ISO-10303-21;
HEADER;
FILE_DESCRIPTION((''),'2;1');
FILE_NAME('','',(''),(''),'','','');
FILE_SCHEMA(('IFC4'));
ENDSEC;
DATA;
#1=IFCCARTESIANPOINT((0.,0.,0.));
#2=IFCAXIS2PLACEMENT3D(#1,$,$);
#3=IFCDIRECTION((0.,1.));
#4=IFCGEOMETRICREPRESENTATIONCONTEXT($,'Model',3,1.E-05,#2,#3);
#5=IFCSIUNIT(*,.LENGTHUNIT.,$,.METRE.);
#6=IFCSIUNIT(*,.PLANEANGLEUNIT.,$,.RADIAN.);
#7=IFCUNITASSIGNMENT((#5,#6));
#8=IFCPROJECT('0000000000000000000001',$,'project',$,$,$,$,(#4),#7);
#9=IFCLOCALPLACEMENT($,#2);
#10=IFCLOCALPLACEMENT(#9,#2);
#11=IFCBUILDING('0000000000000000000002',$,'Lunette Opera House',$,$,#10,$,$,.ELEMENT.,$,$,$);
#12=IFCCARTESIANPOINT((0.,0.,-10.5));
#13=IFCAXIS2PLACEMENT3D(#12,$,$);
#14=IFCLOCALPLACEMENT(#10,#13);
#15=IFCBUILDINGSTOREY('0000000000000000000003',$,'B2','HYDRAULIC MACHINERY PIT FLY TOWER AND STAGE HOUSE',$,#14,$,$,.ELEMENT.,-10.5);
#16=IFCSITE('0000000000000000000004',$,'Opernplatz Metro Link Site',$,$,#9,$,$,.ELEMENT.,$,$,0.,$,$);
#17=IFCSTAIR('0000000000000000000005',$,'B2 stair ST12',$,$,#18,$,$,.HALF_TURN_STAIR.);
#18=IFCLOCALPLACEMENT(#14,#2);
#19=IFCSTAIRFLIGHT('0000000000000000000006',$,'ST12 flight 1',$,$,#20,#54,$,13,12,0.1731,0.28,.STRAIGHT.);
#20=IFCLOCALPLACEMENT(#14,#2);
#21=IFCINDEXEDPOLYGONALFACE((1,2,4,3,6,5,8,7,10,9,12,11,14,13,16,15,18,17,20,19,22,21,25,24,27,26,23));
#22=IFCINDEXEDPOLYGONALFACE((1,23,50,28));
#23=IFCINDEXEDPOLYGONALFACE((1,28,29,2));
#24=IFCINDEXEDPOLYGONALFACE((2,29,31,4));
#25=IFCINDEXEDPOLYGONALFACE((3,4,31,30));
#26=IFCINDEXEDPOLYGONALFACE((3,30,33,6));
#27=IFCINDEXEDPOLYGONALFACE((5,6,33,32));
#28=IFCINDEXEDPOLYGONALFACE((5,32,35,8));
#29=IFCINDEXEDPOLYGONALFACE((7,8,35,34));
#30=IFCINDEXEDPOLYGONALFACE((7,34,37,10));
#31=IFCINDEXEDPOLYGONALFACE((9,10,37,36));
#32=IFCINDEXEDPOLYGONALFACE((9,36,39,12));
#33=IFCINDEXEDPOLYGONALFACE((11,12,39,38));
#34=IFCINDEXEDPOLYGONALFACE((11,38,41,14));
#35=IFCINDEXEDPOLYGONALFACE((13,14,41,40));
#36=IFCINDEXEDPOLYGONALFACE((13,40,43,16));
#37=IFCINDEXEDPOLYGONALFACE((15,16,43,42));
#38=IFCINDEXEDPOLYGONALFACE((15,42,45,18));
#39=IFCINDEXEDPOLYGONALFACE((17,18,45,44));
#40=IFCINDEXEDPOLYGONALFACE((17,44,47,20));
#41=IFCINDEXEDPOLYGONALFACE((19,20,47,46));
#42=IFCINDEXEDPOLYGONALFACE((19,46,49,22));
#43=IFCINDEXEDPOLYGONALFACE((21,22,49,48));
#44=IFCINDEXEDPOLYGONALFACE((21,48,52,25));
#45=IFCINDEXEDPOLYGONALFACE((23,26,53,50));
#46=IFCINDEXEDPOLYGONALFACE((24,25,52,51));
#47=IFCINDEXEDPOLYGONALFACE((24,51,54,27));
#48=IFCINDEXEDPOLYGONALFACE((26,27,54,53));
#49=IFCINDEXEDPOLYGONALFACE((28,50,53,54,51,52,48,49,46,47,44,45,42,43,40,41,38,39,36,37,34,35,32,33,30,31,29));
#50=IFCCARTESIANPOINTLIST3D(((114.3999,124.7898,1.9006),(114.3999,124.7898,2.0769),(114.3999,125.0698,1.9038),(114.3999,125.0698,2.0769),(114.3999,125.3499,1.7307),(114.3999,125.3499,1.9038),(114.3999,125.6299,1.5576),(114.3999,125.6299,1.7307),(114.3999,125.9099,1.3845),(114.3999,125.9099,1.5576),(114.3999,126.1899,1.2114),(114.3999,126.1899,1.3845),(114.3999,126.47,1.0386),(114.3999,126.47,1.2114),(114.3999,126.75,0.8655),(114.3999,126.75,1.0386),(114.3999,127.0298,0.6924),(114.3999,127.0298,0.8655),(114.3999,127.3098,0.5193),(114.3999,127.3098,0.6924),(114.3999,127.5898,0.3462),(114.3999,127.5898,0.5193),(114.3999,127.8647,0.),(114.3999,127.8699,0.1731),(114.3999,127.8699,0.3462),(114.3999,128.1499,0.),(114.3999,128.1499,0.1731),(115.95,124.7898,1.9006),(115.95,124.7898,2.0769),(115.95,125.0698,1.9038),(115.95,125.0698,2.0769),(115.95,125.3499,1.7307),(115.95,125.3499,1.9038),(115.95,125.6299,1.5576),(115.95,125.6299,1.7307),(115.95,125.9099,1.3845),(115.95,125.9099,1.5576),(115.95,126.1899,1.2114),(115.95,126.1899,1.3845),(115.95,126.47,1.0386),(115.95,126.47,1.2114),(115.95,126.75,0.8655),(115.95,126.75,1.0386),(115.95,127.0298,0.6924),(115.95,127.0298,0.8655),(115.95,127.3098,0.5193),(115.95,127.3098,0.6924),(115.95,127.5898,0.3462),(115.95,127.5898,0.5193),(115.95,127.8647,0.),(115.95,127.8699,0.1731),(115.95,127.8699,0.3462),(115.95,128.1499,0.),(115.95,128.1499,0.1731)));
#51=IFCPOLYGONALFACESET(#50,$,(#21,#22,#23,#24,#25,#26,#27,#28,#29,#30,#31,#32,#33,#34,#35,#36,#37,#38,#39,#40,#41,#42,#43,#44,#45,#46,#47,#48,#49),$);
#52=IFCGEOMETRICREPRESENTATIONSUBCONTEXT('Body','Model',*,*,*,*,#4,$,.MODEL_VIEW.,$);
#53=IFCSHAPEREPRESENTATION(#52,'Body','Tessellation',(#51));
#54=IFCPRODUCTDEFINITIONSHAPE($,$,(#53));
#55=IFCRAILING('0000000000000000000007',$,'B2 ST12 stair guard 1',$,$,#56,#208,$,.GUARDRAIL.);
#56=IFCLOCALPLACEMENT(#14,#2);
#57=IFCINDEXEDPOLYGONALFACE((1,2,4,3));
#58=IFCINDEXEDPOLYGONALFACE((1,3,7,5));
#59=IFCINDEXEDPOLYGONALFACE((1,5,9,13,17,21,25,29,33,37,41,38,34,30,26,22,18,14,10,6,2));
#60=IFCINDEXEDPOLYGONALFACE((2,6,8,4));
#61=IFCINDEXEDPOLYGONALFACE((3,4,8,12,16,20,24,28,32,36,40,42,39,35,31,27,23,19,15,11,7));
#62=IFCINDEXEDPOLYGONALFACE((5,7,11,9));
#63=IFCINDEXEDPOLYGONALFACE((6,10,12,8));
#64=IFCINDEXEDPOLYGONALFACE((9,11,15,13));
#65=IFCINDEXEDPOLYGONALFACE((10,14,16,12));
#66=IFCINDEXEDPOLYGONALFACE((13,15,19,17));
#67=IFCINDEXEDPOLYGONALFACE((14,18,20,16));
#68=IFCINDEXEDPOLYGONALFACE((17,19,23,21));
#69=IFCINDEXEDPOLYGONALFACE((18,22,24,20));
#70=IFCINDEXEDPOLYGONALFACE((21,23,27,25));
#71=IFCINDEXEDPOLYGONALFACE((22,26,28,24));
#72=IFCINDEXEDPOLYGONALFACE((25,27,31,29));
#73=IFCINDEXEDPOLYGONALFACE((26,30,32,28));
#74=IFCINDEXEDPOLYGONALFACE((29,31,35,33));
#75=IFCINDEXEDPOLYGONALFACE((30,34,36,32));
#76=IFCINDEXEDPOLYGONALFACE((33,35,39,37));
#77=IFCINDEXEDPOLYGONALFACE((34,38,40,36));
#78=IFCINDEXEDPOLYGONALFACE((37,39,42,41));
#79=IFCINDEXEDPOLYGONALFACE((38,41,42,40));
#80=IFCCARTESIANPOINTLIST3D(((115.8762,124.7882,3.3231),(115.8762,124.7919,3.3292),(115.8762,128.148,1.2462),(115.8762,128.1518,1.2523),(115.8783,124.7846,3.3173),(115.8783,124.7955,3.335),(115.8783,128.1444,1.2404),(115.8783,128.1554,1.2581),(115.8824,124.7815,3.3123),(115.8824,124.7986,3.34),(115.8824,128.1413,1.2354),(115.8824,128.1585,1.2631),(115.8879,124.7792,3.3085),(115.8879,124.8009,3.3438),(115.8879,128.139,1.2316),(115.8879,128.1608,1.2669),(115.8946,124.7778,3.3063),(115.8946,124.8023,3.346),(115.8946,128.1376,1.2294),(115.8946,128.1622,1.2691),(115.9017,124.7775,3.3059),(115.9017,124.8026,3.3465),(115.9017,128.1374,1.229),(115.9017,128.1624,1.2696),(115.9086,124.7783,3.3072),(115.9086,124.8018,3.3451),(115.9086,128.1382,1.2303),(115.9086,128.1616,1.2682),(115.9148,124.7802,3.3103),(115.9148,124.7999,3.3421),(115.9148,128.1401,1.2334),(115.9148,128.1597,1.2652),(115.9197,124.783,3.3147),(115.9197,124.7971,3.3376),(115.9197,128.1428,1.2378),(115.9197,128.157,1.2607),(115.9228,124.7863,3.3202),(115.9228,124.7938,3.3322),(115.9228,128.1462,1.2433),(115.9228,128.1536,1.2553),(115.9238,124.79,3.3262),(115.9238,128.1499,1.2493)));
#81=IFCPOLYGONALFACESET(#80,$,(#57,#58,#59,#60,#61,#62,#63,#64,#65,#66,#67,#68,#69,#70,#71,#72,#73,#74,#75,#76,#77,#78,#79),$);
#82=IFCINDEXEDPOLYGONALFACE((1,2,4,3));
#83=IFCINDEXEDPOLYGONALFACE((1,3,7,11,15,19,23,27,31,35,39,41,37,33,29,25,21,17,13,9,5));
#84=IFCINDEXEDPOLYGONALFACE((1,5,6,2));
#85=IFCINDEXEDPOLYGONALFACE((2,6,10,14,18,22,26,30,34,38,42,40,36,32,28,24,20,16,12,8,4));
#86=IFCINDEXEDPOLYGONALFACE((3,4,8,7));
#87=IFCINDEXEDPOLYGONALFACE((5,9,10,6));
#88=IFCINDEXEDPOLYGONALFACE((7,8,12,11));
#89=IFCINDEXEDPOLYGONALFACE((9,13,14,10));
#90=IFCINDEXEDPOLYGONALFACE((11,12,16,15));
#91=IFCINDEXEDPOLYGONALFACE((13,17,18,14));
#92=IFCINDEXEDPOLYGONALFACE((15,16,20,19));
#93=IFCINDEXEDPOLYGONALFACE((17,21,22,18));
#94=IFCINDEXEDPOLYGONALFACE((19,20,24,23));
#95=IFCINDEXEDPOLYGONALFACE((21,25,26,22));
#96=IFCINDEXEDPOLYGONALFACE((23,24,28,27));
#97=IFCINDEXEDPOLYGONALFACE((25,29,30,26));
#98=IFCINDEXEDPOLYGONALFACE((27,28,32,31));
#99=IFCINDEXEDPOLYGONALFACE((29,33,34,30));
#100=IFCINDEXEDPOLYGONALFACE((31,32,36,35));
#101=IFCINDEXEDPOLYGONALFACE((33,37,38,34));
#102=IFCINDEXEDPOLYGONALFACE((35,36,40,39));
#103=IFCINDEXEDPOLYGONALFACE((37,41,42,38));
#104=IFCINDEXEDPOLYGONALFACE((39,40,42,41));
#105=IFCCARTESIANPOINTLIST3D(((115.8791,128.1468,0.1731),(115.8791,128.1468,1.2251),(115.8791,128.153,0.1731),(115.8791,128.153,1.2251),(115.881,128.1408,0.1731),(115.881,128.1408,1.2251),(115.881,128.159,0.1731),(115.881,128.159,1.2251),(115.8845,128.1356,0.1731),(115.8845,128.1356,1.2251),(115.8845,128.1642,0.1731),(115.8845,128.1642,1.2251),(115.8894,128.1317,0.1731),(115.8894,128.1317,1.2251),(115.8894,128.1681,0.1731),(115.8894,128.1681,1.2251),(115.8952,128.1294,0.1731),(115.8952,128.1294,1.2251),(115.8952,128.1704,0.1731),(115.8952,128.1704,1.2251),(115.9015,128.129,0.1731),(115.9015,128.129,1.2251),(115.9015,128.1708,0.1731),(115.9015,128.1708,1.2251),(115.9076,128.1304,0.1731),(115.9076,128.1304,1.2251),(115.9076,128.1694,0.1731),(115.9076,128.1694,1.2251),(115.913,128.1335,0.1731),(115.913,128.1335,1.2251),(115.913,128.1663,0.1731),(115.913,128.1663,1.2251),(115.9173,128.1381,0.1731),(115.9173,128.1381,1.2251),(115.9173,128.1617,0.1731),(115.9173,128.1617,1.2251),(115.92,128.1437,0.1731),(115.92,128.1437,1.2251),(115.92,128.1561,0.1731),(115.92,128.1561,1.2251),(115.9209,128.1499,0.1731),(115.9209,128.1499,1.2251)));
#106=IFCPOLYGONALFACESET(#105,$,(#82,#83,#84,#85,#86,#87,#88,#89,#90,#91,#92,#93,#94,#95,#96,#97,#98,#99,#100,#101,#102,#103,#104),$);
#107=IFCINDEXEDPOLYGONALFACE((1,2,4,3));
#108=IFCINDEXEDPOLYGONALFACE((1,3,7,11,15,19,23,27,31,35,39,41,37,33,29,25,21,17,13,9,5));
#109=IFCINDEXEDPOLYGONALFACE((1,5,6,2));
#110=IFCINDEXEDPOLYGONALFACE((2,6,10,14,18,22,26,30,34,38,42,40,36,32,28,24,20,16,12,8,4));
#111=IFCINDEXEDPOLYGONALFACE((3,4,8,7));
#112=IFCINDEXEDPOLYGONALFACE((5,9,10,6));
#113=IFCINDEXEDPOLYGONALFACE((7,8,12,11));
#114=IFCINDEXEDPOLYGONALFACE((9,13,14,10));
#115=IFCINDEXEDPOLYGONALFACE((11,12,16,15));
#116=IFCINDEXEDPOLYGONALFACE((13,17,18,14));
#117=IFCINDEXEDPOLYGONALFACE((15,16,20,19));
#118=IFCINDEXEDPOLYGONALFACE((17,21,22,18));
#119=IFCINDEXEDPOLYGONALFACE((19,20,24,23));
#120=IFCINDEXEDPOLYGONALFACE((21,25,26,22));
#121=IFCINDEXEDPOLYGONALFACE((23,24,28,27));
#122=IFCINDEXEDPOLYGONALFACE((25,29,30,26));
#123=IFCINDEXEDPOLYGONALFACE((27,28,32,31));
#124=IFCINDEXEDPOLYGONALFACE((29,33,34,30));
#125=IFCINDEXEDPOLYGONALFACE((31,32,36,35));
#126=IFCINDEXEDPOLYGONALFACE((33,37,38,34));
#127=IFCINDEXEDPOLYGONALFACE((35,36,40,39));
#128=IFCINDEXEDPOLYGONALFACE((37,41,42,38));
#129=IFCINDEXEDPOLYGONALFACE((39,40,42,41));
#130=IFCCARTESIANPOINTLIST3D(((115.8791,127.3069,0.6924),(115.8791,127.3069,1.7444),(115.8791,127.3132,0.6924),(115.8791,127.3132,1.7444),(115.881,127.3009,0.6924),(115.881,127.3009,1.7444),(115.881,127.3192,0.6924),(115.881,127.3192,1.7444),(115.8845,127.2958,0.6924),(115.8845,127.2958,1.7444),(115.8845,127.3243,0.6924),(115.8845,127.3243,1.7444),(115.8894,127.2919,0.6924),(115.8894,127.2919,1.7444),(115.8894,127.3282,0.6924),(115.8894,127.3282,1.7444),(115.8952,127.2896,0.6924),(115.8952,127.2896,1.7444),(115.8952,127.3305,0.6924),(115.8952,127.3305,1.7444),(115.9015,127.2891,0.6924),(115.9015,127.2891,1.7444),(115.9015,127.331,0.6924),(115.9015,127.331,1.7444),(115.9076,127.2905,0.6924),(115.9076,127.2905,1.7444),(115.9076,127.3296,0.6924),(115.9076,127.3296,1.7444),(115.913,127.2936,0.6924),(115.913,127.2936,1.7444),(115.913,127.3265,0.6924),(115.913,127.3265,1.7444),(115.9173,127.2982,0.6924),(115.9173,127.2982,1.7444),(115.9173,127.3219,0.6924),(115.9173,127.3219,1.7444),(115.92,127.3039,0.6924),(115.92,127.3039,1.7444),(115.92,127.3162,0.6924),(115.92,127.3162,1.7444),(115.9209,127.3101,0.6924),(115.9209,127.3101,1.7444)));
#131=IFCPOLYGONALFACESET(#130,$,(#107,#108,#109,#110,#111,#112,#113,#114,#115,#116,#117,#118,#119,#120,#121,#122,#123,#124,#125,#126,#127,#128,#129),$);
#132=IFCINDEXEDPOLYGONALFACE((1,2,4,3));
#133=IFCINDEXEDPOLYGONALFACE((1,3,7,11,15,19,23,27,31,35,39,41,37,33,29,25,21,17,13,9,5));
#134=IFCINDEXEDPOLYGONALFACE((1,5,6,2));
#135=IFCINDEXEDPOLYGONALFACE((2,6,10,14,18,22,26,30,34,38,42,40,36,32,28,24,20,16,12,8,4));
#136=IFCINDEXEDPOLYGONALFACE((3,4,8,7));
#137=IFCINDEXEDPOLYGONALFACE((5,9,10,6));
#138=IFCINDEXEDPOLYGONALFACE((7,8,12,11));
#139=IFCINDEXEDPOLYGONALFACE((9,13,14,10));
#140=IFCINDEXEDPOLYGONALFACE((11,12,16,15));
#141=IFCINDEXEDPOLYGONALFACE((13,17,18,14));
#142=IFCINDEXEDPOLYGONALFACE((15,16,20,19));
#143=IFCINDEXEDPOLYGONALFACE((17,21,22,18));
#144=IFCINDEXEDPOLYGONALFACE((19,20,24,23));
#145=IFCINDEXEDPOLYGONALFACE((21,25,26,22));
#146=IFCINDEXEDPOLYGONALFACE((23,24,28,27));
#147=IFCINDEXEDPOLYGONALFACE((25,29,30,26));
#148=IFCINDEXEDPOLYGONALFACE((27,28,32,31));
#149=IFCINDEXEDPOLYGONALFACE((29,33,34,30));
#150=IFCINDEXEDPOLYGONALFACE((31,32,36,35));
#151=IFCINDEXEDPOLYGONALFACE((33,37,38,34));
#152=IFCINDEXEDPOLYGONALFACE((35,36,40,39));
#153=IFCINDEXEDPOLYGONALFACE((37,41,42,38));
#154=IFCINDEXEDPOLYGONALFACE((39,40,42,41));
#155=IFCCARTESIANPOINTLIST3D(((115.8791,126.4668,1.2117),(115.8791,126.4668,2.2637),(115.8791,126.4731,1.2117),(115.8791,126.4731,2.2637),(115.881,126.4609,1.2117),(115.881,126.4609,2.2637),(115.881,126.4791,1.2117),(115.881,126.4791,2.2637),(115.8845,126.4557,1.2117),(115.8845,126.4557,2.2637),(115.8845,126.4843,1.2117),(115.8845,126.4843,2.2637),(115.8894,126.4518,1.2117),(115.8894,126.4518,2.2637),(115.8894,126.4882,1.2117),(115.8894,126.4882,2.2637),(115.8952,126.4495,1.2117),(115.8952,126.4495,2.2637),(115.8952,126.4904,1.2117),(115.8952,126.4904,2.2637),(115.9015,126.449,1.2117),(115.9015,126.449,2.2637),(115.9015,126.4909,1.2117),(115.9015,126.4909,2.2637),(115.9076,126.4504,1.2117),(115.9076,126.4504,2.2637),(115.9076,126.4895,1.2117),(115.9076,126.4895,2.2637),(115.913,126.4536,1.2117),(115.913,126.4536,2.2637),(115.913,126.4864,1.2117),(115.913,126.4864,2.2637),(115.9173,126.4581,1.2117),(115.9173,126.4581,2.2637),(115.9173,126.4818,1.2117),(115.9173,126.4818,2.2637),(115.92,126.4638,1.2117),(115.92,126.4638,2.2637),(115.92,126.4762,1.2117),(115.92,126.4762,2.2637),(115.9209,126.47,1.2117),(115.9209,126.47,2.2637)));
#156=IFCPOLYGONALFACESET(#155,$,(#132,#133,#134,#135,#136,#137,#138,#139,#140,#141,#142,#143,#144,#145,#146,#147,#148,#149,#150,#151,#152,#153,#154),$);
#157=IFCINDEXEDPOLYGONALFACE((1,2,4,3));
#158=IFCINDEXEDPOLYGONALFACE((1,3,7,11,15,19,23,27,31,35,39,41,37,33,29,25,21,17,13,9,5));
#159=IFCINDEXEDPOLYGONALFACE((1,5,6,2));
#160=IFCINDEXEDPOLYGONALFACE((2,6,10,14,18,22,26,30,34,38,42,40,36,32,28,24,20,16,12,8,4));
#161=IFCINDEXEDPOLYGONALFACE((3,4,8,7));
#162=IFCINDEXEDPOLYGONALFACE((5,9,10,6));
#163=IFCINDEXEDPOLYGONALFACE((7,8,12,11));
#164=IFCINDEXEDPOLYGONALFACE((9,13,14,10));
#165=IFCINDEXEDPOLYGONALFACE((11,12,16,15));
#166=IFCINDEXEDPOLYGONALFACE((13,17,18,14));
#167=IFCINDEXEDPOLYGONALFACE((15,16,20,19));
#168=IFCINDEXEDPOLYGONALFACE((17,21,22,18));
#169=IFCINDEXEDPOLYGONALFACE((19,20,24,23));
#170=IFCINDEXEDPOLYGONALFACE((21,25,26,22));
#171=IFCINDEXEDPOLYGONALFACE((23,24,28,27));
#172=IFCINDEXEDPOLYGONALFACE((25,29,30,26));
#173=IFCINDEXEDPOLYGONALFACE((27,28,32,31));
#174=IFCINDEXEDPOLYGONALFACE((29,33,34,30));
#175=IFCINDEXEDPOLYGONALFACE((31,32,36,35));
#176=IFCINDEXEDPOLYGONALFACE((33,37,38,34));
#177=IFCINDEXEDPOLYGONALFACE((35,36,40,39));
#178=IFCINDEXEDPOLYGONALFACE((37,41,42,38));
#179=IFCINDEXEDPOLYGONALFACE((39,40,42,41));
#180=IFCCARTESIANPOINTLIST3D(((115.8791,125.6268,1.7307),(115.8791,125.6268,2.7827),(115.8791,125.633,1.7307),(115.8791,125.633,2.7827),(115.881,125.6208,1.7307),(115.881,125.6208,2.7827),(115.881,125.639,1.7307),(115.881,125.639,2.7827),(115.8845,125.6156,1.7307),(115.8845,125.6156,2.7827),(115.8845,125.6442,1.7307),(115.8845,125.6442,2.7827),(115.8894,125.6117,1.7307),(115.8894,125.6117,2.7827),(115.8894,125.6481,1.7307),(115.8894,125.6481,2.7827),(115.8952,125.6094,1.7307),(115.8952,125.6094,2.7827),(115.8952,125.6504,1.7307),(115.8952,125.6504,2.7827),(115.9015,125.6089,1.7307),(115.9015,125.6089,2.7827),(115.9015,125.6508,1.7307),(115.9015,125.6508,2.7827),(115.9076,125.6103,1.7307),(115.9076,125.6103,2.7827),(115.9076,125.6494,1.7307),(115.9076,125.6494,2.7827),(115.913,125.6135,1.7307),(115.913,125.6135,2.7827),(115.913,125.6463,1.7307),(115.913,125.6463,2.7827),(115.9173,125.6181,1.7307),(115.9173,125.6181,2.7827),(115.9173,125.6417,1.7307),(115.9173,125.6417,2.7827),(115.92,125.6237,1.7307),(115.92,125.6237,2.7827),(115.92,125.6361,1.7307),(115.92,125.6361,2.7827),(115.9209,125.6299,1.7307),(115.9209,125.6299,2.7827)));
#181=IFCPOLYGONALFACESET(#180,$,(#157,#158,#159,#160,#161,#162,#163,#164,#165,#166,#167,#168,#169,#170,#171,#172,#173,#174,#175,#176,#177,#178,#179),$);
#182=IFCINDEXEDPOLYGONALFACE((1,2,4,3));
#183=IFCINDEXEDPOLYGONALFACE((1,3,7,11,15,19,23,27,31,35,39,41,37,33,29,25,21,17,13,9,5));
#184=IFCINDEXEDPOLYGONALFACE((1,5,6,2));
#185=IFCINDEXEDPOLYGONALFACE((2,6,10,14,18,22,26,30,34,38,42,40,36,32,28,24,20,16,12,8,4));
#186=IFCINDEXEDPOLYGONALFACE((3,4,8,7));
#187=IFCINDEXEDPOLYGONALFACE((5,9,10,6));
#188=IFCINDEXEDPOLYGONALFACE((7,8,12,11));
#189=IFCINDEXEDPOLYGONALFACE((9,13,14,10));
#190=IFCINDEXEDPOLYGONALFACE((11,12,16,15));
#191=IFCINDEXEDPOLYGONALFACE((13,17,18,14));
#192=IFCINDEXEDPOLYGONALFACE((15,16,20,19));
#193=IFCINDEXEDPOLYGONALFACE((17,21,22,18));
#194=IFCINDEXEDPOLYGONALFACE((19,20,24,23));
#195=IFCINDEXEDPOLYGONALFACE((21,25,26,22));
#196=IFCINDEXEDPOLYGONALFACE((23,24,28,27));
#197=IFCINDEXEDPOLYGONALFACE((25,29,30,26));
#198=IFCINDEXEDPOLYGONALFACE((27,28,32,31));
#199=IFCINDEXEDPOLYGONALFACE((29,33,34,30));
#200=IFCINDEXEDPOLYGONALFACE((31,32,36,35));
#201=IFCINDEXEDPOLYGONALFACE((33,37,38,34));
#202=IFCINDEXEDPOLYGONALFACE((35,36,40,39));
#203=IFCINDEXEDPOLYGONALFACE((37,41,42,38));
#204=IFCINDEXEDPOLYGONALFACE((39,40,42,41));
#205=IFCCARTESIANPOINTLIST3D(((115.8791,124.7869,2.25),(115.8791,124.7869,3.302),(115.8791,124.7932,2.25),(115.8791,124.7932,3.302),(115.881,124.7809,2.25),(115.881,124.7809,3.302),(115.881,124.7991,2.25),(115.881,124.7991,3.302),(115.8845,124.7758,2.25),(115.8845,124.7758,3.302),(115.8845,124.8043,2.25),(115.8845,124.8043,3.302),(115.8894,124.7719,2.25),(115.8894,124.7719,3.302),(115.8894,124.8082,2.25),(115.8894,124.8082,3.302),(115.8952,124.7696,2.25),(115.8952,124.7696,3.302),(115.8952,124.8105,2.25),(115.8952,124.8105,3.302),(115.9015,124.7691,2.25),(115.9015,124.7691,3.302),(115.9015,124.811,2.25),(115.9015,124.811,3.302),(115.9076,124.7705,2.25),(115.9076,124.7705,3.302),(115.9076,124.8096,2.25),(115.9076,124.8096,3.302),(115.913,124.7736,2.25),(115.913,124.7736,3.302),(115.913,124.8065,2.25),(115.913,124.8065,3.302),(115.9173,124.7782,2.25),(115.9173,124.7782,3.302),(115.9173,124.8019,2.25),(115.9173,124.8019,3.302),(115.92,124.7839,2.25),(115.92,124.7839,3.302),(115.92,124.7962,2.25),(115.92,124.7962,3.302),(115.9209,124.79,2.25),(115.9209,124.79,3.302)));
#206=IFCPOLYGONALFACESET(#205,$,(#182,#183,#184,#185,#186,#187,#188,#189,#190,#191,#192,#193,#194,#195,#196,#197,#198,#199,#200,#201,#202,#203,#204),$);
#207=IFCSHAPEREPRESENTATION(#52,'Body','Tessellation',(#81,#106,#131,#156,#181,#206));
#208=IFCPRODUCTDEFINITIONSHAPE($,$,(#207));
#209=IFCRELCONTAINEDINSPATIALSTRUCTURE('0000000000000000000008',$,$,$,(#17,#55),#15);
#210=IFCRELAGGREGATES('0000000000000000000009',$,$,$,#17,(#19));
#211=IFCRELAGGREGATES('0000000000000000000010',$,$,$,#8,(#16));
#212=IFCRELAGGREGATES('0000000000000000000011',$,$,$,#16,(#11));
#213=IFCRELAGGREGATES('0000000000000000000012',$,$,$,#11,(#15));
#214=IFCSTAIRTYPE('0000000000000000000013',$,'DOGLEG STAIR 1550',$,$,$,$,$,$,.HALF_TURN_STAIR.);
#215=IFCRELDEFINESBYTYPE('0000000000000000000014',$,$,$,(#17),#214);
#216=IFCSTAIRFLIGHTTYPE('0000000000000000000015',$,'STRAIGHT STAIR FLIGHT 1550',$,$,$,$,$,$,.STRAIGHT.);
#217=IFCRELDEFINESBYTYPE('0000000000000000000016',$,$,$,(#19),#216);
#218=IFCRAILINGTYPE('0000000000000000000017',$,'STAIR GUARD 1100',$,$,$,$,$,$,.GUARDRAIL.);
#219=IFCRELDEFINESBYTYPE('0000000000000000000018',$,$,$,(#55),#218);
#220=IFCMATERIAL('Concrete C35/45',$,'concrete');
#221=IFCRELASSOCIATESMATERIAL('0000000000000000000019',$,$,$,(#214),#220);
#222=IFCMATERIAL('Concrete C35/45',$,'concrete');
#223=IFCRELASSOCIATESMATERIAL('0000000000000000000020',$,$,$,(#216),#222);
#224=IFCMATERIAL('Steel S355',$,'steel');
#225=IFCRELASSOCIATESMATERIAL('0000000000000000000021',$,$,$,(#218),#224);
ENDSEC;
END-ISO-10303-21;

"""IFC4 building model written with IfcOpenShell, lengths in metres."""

from ifc_helpers import new_model, si_unit, direction, frame, origin, origin_2d, place, context, subcontext, project, spatial, polyline, circle, outline, extrude, material, type_object, element, aggregate, save


model = new_model("IFC4")

# Units and contexts
model_context = context("Model", 3, precision=1e-05, world=origin(), true_north=direction((0.0, 1.0)))
body_context = subcontext(model_context, "Body", "Model", "MODEL_VIEW")
ifc_project = project(units=[si_unit("LENGTHUNIT", "METRE"), si_unit("PLANEANGLEUNIT", "RADIAN")], contexts=[model_context])

# Site, building, storey
site_placement = place(None, origin())
site = spatial("IfcSite", under=ifc_project, at=site_placement, Name="Opernplatz Metro Link Site", CompositionType="ELEMENT", RefElevation=0.0)
building_placement = place(site_placement, origin())
building = spatial("IfcBuilding", under=site, at=building_placement, Name="Lunette Opera House", CompositionType="ELEMENT")
storey_placement = place(building_placement, frame((0.0, 0.0, -10.5)))
storey = spatial("IfcBuildingStorey", under=building, at=storey_placement, Name="B2", Description="HYDRAULIC MACHINERY PIT FLY TOWER AND STAGE HOUSE", CompositionType="ELEMENT", Elevation=-10.5)

# Stair, stair flight
ifc_material_1 = material(Name="Concrete C35/45", Category="concrete")
stair_type = type_object("IfcStairType", Name="DOGLEG STAIR 1550", PredefinedType="HALF_TURN_STAIR", material=ifc_material_1)
stair_placement = place(storey_placement, origin())
stair = element("IfcStair", 1, at=stair_placement, inside=storey, type_object=stair_type, Name="B2 stair ST12", PredefinedType="HALF_TURN_STAIR")
ifc_material_2 = material(Name="Concrete C35/45", Category="concrete")
stair_flight_type = type_object("IfcStairFlightType", Name="STRAIGHT STAIR FLIGHT 1550", PredefinedType="STRAIGHT", material=ifc_material_2)
stair_flight_placement = place(storey_placement, frame((115.175, 128.1499, 0.0), z_axis=(0.0, 0.0, 1.0), x_axis=(0.0, -1.0, 0.0)))
stair_flight = element("IfcStairFlight", 2, at=stair_flight_placement, type_object=stair_flight_type, Name="ST12 flight 1", NumberOfRisers=13, NumberOfTreads=12, PredefinedType="STRAIGHT", RiserHeight=0.1731, TreadLength=0.28, context=body_context, shape_type="SweptSolid", body=[
    extrude(outline(polyline([(0.0, 0.0), (0.0, 0.1731), (0.28, 0.1731), (0.28, 0.3462), (0.5601, 0.3462), (0.5601, 0.5193), (0.8401, 0.5193), (0.8401, 0.6924), (1.1201, 0.6924), (1.1201, 0.8655), (1.3999, 0.8655), (1.3999, 1.0386), (1.6799, 1.0386), (1.6799, 1.2114), (1.96, 1.2114), (1.96, 1.3845), (2.24, 1.3845), (2.24, 1.5576), (2.52, 1.5576), (2.52, 1.7307), (2.8, 1.7307), (2.8, 1.9038), (3.0801, 1.9038), (3.0801, 2.0769), (3.3601, 2.0769), (3.3601, 2.25), (3.3601, 1.9006), (0.2852, 0.0), (0.0, 0.0)])), frame((0.0, 0.7749, 0.0), z_axis=(0.0, -1.0, 0.0), x_axis=(1.0, 0.0, 0.0)), (0.0, 0.0, 1.0), 1.55),
])
aggregate(stair, [stair_flight])

# Railing
ifc_material_3 = material(Name="Steel S355", Category="steel")
railing_type_1 = type_object("IfcRailingType", Name="STAIR GUARD 1100", PredefinedType="GUARDRAIL", material=ifc_material_3)
railing_1_placement = place(storey_placement, frame((115.8999, 128.1499, 0.1731)))
element("IfcRailing", 3, at=railing_1_placement, inside=storey, type_object=railing_type_1, Name="B2 ST12 stair guard 1", PredefinedType="GUARDRAIL", context=body_context, shape_type="SweptSolid", body=[
    extrude(circle(Radius=0.0239, at=origin_2d()), frame((0.0, 0.0, 1.0762), z_axis=(0.0, -0.850606, 0.525803), x_axis=(1.0, 0.0, 0.0)), (0.0, 0.0, 1.0), 3.95),
    extrude(circle(Radius=0.021, at=origin_2d()), origin(), (0.0, 0.0, 1.0), 1.052),
    extrude(circle(Radius=0.021, at=origin_2d()), frame((0.0, -0.8398, 0.5193)), (0.0, 0.0, 1.0), 1.052),
    extrude(circle(Radius=0.021, at=origin_2d()), frame((0.0, -1.6799, 1.0386)), (0.0, 0.0, 1.0), 1.052),
    extrude(circle(Radius=0.021, at=origin_2d()), frame((0.0, -2.52, 1.5576)), (0.0, 0.0, 1.0), 1.052),
    extrude(circle(Radius=0.021, at=origin_2d()), frame((0.0, -3.3599, 2.0769)), (0.0, 0.0, 1.0), 1.052),
])

save(model, "model.ifc")
